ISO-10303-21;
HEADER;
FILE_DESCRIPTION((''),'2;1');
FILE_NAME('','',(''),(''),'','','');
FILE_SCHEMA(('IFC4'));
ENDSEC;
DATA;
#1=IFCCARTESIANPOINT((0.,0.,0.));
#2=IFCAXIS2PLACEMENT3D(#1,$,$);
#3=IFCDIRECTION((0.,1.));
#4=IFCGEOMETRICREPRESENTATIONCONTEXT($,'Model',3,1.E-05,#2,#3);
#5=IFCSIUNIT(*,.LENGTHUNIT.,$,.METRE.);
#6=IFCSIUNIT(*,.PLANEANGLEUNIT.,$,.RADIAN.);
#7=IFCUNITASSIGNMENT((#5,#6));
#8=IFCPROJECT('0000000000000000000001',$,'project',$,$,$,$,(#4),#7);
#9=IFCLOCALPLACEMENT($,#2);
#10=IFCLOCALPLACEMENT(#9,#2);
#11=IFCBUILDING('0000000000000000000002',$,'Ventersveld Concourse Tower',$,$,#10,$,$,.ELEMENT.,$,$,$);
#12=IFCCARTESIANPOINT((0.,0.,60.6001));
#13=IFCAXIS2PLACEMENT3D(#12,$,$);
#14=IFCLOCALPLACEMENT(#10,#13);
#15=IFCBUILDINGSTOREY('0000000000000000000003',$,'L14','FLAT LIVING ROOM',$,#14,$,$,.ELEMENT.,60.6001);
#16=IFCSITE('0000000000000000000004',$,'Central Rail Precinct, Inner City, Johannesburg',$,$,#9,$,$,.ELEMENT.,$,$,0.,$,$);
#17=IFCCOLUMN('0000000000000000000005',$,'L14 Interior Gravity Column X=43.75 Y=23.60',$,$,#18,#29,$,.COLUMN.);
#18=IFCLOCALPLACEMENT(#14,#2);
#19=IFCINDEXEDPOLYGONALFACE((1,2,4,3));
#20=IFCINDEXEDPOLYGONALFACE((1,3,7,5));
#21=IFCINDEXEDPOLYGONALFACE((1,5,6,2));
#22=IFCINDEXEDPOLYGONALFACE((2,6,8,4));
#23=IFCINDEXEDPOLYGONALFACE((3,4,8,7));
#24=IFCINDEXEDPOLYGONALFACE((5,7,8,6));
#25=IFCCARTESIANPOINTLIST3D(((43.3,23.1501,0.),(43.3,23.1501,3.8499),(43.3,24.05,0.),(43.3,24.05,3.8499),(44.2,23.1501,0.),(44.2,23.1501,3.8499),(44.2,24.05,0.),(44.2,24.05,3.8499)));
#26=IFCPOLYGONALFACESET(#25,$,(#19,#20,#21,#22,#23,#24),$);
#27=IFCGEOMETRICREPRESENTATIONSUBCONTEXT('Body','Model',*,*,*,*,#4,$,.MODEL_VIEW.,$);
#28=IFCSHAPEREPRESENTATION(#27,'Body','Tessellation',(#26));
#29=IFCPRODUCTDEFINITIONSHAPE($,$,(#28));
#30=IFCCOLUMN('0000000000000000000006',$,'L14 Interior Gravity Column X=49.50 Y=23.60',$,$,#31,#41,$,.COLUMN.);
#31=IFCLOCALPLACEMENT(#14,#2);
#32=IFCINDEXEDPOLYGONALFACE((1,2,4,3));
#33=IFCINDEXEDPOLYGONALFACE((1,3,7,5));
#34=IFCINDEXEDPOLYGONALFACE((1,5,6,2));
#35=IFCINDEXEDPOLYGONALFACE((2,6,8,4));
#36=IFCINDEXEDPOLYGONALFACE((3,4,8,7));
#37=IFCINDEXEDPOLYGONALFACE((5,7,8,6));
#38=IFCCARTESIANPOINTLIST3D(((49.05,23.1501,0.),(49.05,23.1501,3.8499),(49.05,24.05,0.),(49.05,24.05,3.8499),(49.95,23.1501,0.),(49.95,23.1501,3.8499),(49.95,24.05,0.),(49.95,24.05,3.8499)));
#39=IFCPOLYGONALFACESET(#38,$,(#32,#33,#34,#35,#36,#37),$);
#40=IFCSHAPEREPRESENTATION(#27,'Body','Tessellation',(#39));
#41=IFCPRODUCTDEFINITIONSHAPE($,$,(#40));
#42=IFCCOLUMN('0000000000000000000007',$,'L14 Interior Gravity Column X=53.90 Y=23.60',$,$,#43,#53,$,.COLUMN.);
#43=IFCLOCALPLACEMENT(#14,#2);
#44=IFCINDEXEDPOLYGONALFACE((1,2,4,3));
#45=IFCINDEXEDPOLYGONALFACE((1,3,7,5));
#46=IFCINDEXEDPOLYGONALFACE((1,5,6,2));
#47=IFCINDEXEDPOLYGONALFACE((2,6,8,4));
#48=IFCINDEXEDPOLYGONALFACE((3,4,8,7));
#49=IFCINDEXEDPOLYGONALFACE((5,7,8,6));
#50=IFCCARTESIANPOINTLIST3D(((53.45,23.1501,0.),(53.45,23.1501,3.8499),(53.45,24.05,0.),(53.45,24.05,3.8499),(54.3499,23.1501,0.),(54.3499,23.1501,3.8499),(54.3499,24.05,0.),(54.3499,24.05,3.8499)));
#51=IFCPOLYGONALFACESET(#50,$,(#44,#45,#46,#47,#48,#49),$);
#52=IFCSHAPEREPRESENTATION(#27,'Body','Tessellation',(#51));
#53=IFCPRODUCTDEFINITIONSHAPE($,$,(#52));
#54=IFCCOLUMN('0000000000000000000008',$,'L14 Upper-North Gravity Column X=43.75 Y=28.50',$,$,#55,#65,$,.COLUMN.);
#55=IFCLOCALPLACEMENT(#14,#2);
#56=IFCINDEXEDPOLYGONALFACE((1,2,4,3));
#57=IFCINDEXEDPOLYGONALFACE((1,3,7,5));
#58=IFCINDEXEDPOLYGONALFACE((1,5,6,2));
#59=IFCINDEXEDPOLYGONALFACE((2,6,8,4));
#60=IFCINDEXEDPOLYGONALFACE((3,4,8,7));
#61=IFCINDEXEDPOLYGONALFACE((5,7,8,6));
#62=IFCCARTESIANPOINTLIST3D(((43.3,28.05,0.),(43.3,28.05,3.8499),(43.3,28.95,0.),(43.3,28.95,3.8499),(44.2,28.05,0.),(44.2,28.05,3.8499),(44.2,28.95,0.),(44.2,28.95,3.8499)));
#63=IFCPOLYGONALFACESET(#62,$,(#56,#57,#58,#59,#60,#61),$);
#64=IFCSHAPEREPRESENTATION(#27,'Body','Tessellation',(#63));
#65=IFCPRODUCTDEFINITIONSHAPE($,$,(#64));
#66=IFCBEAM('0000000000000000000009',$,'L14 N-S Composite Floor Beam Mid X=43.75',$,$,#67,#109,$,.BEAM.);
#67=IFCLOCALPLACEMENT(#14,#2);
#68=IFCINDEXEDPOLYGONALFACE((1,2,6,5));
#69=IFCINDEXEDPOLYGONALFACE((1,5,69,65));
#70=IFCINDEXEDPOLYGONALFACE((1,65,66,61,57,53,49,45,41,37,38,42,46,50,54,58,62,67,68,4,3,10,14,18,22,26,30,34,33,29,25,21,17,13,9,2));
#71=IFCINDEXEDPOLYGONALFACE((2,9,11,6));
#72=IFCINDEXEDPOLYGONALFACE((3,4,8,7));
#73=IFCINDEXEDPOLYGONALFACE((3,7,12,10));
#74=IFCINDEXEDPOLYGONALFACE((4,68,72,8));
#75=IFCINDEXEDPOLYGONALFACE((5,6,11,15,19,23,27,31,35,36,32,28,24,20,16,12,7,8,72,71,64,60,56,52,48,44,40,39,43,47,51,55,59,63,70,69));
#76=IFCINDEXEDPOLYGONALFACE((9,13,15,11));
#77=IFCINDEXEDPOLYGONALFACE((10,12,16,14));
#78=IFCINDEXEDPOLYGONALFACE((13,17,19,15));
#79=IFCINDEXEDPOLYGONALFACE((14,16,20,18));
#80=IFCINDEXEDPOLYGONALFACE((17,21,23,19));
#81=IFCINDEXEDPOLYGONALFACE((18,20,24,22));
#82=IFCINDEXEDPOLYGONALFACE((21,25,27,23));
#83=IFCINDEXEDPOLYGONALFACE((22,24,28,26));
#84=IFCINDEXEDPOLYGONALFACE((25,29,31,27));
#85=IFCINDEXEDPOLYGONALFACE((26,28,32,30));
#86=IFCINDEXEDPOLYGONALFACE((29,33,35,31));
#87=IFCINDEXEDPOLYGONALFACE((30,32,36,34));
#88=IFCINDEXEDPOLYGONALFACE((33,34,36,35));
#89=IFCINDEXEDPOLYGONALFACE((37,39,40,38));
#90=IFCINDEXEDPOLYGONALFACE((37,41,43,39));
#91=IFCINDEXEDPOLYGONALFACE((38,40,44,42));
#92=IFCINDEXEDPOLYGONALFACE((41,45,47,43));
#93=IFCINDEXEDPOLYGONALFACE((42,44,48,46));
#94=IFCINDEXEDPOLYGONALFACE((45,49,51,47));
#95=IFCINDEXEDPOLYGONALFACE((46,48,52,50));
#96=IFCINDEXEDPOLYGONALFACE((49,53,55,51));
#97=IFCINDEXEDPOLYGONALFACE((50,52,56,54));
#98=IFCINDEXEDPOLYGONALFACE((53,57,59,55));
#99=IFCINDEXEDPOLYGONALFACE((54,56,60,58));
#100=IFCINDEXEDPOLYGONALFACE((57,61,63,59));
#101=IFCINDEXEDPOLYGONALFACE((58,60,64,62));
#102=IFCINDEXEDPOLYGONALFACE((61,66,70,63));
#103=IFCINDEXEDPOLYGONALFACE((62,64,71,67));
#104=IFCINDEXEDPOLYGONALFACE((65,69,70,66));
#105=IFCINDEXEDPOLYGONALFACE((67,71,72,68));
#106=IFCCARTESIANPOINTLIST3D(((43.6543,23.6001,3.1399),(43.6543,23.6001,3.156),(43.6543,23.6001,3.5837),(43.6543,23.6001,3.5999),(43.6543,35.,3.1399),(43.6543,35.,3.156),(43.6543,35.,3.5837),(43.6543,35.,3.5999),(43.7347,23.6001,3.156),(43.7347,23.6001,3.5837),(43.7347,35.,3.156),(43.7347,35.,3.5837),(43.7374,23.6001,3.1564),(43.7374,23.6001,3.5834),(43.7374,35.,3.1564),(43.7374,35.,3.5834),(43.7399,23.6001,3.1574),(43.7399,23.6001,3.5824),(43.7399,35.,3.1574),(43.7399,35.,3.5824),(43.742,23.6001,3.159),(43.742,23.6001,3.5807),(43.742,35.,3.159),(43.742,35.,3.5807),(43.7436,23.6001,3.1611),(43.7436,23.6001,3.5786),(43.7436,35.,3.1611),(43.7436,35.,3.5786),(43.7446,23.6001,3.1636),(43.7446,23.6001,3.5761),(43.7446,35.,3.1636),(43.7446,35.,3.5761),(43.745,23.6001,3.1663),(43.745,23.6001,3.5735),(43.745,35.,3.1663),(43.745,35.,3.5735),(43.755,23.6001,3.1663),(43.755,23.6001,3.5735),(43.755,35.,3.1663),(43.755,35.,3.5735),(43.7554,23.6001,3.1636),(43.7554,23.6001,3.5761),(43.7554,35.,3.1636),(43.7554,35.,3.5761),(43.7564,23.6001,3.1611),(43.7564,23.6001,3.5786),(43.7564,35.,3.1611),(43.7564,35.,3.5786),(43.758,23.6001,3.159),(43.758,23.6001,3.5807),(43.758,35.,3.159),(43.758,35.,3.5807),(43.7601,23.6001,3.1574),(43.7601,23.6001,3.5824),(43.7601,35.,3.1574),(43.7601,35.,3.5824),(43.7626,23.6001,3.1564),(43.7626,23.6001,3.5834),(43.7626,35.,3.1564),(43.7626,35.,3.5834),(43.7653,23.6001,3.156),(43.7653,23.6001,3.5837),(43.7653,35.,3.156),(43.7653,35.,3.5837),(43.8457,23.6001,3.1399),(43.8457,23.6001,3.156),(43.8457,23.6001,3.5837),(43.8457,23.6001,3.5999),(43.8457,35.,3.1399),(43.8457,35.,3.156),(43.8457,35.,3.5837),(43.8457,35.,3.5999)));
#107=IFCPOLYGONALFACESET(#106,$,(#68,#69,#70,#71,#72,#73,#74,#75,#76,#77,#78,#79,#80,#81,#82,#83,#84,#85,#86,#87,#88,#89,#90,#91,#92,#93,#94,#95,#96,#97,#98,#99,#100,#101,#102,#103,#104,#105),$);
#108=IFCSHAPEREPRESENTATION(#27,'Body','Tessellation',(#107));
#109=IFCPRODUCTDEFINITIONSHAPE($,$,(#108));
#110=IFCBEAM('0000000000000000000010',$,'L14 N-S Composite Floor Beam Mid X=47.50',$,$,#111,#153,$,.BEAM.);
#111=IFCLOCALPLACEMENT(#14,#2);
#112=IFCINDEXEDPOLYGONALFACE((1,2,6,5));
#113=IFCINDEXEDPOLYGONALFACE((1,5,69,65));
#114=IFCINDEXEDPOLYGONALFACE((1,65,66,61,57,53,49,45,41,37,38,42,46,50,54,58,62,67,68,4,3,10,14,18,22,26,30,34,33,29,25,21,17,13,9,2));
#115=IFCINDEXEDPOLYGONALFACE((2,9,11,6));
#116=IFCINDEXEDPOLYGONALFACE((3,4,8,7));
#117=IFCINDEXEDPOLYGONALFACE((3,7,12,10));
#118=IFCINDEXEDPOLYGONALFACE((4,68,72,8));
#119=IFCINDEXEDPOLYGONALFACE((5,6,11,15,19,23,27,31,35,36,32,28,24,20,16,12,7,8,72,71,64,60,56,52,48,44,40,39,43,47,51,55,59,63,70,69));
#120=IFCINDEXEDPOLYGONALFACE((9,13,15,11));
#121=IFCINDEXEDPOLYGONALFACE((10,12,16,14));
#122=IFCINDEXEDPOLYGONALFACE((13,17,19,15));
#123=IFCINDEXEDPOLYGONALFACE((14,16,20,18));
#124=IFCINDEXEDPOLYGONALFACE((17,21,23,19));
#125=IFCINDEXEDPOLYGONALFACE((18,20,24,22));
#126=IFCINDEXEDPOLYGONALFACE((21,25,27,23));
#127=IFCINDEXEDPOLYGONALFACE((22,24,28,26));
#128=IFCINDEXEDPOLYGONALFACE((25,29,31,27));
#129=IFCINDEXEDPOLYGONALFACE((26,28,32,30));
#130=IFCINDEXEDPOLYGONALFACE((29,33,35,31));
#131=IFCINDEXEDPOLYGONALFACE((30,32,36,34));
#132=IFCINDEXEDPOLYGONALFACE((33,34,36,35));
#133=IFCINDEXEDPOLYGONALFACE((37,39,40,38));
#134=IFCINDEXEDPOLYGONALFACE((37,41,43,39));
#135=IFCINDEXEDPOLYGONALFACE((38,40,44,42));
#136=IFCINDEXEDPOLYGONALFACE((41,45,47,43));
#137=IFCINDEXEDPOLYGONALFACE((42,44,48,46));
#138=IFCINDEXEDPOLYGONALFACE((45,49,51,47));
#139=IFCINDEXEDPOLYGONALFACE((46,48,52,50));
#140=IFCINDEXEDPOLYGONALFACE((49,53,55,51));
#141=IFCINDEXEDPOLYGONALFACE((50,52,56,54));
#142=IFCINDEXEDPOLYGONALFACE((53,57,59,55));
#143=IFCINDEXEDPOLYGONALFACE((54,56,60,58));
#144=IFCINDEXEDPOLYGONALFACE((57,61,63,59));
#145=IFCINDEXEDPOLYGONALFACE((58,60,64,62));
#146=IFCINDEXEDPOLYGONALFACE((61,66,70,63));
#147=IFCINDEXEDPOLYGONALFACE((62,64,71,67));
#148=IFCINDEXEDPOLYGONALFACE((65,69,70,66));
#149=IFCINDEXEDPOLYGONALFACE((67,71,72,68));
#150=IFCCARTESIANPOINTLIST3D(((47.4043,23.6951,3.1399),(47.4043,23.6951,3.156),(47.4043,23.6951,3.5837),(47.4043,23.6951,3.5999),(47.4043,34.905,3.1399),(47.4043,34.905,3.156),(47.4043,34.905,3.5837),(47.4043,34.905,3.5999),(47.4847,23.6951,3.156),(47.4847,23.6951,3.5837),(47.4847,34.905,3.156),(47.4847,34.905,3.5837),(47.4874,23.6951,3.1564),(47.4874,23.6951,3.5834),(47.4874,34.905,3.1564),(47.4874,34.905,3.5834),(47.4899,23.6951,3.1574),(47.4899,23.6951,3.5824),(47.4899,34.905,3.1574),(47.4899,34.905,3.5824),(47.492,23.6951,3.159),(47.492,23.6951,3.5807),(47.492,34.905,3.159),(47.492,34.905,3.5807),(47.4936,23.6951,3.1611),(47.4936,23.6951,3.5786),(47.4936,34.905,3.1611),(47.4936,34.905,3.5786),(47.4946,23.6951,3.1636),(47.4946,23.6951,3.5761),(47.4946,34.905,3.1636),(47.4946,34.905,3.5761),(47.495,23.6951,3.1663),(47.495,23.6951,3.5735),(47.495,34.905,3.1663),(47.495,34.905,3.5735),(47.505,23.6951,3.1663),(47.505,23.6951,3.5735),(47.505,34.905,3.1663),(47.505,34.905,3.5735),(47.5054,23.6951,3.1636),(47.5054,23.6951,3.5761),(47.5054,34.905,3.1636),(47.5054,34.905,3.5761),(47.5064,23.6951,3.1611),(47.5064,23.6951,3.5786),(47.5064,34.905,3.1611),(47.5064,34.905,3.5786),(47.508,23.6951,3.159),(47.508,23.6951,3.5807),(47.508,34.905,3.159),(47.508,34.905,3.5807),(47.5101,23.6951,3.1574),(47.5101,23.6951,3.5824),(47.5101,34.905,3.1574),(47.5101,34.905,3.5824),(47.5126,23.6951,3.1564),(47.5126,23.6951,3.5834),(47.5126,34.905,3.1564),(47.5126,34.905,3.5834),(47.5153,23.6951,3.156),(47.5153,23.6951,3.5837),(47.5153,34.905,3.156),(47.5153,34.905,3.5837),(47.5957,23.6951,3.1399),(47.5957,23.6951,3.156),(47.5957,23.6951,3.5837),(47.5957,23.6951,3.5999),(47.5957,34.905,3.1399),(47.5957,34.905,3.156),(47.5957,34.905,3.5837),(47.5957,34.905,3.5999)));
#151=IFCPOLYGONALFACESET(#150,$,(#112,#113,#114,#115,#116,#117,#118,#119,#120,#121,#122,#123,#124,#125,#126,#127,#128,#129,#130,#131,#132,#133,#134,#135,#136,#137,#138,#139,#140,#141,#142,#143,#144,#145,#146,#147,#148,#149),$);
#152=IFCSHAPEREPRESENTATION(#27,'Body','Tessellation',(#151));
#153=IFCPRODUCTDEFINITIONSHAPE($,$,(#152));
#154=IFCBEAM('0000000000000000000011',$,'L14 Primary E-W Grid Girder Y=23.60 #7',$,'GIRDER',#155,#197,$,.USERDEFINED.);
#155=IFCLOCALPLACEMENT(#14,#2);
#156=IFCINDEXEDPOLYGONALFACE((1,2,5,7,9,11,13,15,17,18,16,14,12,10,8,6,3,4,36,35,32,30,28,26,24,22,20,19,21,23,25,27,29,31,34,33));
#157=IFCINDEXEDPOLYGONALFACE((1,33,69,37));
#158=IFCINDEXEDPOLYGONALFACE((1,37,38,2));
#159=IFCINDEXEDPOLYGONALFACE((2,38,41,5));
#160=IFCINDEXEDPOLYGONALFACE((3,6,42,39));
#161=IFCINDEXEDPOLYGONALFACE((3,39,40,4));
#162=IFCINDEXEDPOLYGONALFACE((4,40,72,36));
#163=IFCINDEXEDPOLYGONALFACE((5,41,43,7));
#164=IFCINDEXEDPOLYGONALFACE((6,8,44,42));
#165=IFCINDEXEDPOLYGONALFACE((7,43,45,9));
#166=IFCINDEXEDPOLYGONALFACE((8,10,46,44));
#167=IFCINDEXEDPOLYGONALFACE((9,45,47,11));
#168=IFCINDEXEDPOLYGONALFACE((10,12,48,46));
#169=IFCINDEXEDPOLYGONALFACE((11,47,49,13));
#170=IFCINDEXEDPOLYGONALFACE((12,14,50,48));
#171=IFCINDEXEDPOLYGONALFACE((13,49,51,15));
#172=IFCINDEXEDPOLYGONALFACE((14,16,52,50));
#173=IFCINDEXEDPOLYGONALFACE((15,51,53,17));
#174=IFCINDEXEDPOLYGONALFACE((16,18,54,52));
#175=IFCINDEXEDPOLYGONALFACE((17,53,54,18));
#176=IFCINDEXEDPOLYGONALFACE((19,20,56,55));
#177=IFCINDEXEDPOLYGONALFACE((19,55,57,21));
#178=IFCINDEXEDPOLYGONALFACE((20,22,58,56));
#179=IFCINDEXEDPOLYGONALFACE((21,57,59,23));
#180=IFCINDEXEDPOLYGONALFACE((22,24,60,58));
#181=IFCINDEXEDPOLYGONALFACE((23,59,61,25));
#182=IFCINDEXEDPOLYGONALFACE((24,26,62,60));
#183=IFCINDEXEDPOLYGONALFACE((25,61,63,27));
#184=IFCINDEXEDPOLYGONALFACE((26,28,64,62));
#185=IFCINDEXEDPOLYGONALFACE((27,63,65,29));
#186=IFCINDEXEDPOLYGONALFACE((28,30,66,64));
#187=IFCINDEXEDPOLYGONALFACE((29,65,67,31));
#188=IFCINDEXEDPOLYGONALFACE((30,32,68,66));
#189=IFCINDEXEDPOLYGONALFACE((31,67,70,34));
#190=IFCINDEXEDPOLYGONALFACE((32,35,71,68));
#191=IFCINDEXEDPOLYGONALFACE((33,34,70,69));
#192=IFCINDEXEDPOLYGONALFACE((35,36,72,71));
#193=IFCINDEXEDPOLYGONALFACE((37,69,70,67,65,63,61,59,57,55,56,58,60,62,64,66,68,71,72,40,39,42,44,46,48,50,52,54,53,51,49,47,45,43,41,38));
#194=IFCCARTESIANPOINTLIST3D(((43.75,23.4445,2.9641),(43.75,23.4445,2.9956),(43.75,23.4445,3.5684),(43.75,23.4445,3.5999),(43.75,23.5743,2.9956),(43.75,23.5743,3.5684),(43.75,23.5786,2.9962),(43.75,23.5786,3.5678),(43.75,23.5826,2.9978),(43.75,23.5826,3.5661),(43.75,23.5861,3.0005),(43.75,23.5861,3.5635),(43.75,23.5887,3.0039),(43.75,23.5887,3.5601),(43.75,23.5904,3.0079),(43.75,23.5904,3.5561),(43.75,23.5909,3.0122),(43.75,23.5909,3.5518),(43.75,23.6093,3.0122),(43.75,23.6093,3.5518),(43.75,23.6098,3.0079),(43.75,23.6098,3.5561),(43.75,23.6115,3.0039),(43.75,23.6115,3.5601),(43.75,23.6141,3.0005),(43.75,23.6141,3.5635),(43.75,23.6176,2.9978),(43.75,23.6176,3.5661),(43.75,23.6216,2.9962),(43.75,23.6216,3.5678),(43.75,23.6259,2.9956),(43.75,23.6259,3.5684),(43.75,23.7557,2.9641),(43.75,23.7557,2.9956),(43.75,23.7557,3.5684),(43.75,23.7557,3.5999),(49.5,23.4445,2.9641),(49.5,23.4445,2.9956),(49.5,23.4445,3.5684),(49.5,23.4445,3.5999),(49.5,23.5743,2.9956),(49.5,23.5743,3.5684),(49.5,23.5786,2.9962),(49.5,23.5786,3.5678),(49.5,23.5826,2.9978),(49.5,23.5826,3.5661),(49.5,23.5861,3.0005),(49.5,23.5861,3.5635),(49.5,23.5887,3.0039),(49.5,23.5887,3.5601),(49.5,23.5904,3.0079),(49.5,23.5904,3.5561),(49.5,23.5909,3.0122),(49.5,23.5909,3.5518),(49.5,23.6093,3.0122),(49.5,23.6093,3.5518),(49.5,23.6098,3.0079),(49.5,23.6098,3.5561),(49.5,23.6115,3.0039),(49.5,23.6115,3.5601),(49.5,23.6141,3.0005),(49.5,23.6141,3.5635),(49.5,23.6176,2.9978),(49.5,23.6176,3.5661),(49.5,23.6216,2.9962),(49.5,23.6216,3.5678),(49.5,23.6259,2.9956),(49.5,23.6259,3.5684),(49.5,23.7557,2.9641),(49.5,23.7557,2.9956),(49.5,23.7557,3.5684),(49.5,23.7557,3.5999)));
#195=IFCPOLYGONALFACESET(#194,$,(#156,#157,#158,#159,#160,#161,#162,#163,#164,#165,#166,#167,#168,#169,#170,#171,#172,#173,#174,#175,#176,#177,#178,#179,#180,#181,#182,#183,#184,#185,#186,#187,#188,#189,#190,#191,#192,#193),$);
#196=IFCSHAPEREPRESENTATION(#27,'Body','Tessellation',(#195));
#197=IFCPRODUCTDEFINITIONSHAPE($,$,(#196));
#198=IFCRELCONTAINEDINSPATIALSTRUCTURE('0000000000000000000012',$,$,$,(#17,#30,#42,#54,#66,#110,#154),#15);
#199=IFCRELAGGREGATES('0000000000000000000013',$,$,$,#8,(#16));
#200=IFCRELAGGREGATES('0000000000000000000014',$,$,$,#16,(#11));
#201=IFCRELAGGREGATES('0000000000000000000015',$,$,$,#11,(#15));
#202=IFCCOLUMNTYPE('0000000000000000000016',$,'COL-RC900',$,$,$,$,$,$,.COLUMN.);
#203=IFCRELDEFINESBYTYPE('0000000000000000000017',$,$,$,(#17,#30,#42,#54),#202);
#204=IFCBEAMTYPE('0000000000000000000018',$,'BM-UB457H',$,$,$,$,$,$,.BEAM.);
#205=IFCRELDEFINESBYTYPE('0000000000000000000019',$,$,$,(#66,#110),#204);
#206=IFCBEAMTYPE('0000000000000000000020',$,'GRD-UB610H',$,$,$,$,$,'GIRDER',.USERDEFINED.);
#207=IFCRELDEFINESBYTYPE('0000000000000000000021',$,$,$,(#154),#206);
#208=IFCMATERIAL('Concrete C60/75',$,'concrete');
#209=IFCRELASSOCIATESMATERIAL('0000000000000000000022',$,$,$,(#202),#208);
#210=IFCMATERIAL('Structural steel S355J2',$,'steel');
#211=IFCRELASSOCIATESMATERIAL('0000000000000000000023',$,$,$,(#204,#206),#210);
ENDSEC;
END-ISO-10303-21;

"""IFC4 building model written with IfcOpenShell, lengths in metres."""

from ifc_helpers import new_model, si_unit, direction, frame, origin, origin_2d, place, context, subcontext, project, spatial, rectangle, i_section, extrude, material, material_profile, profile_set, type_object, element, save


model = new_model("IFC4")

# Units and contexts
model_context = context("Model", 3, precision=1e-05, world=origin(), true_north=direction((0.0, 1.0)))
body_context = subcontext(model_context, "Body", "Model", "MODEL_VIEW")
ifc_project = project(units=[si_unit("LENGTHUNIT", "METRE"), si_unit("PLANEANGLEUNIT", "RADIAN")], contexts=[model_context])

# Site, building, storey
site_placement = place(None, origin())
site = spatial("IfcSite", under=ifc_project, at=site_placement, Name="Central Rail Precinct, Inner City, Johannesburg", CompositionType="ELEMENT", RefElevation=0.0)
building_placement = place(site_placement, origin())
building = spatial("IfcBuilding", under=site, at=building_placement, Name="Ventersveld Concourse Tower", CompositionType="ELEMENT")
storey_placement = place(building_placement, frame((0.0, 0.0, 60.6001)))
storey = spatial("IfcBuildingStorey", under=building, at=storey_placement, Name="L14", Description="FLAT LIVING ROOM", CompositionType="ELEMENT", Elevation=60.6001)

# Columns
ifc_material_1 = material(Name="Concrete C60/75", Category="concrete")
ifc_material_profile_1 = material_profile(ifc_material_1, rectangle(XDim=0.8999, YDim=0.8999, at=origin_2d()), Name="RC 900x900")
ifc_profile_set_1 = profile_set([ifc_material_profile_1], Name="Concrete C60/75")
column_type = type_object("IfcColumnType", Name="COL-RC900", PredefinedType="COLUMN", material=ifc_profile_set_1)
for number, where, z_axis, x_axis, name in (
    (1, (43.75, 23.6001, 0.0), (0.0, 0.0, 1.0), (1.0, 0.0, 0.0), "L14 Interior Gravity Column X=43.75 Y=23.60"),
    (2, (49.5, 23.6001, 0.0), (0.0, 0.0, 1.0), (1.0, 0.0, 0.0), "L14 Interior Gravity Column X=49.50 Y=23.60"),
    (3, (53.8999, 23.6001, 0.0), (0.0, 0.0, 1.0), (1.0, 0.0, 0.0), "L14 Interior Gravity Column X=53.90 Y=23.60"),
    (4, (43.75, 28.5, 0.0), (0.0, 0.0, 1.0), (1.0, 0.0, 0.0), "L14 Upper-North Gravity Column X=43.75 Y=28.50"),
):
    element("IfcColumn", number, at=place(storey_placement, frame(where, z_axis=z_axis, x_axis=x_axis)), inside=storey, type_object=column_type, Name=name, PredefinedType="COLUMN", context=body_context, shape_type="SweptSolid", body=[
        extrude(rectangle(XDim=0.8999, YDim=0.8999, at=origin_2d()), origin(), (0.0, 0.0, 1.0), 3.8499),
    ])

# Beams
ifc_material_2 = material(Name="Structural steel S355J2", Category="steel")
ifc_material_profile_2 = material_profile(ifc_material_2, i_section(OverallWidth=0.1914, OverallDepth=0.46, WebThickness=0.01, FlangeThickness=0.0161, FilletRadius=0.0103, at=origin_2d()), Name="UB 457x191x82")
ifc_profile_set_2 = profile_set([ifc_material_profile_2], Name="Structural steel S355J2")
beam_type_1 = type_object("IfcBeamType", Name="BM-UB457H", PredefinedType="BEAM", material=ifc_profile_set_2)
beam_1_placement = place(storey_placement, frame((43.75, 23.6001, 3.3699), z_axis=(0.0, 1.0, 0.0), x_axis=(-1.0, 0.0, 0.0)))
element("IfcBeam", 5, at=beam_1_placement, inside=storey, type_object=beam_type_1, Name="L14 N-S Composite Floor Beam Mid X=43.75", PredefinedType="BEAM", context=body_context, shape_type="SweptSolid", body=[
    extrude(i_section(OverallWidth=0.1914, OverallDepth=0.46, WebThickness=0.01, FlangeThickness=0.0161, FilletRadius=0.0103, at=origin_2d()), origin(), (0.0, 0.0, 1.0), 11.3999),
])
beam_2_placement = place(storey_placement, frame((47.5, 23.6951, 3.3699), z_axis=(0.0, 1.0, 0.0), x_axis=(-1.0, 0.0, 0.0)))
element("IfcBeam", 6, at=beam_2_placement, inside=storey, type_object=beam_type_1, Name="L14 N-S Composite Floor Beam Mid X=47.50", PredefinedType="BEAM", context=body_context, shape_type="SweptSolid", body=[
    extrude(i_section(OverallWidth=0.1914, OverallDepth=0.46, WebThickness=0.01, FlangeThickness=0.0161, FilletRadius=0.0103, at=origin_2d()), origin(), (0.0, 0.0, 1.0), 11.21),
])
ifc_material_profile_3 = material_profile(ifc_material_2, i_section(OverallWidth=0.3113, OverallDepth=0.6357, WebThickness=0.0183, FlangeThickness=0.0315, FilletRadius=0.0166, at=origin_2d()), Name="UB 610x305x238")
ifc_profile_set_3 = profile_set([ifc_material_profile_3], Name="Structural steel S355J2")
beam_type_2 = type_object("IfcBeamType", Name="GRD-UB610H", ElementType="GIRDER", PredefinedType="USERDEFINED", material=ifc_profile_set_3)
beam_3_placement = place(storey_placement, frame((43.75, 23.6001, 3.282), z_axis=(1.0, 0.0, 0.0), x_axis=(0.0, 1.0, 0.0)))
element("IfcBeam", 7, at=beam_3_placement, inside=storey, type_object=beam_type_2, Name="L14 Primary E-W Grid Girder Y=23.60 #7", ObjectType="GIRDER", PredefinedType="USERDEFINED", context=body_context, shape_type="SweptSolid", body=[
    extrude(i_section(OverallWidth=0.3113, OverallDepth=0.6357, WebThickness=0.0183, FlangeThickness=0.0315, FilletRadius=0.0166, at=origin_2d()), origin(), (0.0, 0.0, 1.0), 5.75),
])

save(model, "model.ifc")
